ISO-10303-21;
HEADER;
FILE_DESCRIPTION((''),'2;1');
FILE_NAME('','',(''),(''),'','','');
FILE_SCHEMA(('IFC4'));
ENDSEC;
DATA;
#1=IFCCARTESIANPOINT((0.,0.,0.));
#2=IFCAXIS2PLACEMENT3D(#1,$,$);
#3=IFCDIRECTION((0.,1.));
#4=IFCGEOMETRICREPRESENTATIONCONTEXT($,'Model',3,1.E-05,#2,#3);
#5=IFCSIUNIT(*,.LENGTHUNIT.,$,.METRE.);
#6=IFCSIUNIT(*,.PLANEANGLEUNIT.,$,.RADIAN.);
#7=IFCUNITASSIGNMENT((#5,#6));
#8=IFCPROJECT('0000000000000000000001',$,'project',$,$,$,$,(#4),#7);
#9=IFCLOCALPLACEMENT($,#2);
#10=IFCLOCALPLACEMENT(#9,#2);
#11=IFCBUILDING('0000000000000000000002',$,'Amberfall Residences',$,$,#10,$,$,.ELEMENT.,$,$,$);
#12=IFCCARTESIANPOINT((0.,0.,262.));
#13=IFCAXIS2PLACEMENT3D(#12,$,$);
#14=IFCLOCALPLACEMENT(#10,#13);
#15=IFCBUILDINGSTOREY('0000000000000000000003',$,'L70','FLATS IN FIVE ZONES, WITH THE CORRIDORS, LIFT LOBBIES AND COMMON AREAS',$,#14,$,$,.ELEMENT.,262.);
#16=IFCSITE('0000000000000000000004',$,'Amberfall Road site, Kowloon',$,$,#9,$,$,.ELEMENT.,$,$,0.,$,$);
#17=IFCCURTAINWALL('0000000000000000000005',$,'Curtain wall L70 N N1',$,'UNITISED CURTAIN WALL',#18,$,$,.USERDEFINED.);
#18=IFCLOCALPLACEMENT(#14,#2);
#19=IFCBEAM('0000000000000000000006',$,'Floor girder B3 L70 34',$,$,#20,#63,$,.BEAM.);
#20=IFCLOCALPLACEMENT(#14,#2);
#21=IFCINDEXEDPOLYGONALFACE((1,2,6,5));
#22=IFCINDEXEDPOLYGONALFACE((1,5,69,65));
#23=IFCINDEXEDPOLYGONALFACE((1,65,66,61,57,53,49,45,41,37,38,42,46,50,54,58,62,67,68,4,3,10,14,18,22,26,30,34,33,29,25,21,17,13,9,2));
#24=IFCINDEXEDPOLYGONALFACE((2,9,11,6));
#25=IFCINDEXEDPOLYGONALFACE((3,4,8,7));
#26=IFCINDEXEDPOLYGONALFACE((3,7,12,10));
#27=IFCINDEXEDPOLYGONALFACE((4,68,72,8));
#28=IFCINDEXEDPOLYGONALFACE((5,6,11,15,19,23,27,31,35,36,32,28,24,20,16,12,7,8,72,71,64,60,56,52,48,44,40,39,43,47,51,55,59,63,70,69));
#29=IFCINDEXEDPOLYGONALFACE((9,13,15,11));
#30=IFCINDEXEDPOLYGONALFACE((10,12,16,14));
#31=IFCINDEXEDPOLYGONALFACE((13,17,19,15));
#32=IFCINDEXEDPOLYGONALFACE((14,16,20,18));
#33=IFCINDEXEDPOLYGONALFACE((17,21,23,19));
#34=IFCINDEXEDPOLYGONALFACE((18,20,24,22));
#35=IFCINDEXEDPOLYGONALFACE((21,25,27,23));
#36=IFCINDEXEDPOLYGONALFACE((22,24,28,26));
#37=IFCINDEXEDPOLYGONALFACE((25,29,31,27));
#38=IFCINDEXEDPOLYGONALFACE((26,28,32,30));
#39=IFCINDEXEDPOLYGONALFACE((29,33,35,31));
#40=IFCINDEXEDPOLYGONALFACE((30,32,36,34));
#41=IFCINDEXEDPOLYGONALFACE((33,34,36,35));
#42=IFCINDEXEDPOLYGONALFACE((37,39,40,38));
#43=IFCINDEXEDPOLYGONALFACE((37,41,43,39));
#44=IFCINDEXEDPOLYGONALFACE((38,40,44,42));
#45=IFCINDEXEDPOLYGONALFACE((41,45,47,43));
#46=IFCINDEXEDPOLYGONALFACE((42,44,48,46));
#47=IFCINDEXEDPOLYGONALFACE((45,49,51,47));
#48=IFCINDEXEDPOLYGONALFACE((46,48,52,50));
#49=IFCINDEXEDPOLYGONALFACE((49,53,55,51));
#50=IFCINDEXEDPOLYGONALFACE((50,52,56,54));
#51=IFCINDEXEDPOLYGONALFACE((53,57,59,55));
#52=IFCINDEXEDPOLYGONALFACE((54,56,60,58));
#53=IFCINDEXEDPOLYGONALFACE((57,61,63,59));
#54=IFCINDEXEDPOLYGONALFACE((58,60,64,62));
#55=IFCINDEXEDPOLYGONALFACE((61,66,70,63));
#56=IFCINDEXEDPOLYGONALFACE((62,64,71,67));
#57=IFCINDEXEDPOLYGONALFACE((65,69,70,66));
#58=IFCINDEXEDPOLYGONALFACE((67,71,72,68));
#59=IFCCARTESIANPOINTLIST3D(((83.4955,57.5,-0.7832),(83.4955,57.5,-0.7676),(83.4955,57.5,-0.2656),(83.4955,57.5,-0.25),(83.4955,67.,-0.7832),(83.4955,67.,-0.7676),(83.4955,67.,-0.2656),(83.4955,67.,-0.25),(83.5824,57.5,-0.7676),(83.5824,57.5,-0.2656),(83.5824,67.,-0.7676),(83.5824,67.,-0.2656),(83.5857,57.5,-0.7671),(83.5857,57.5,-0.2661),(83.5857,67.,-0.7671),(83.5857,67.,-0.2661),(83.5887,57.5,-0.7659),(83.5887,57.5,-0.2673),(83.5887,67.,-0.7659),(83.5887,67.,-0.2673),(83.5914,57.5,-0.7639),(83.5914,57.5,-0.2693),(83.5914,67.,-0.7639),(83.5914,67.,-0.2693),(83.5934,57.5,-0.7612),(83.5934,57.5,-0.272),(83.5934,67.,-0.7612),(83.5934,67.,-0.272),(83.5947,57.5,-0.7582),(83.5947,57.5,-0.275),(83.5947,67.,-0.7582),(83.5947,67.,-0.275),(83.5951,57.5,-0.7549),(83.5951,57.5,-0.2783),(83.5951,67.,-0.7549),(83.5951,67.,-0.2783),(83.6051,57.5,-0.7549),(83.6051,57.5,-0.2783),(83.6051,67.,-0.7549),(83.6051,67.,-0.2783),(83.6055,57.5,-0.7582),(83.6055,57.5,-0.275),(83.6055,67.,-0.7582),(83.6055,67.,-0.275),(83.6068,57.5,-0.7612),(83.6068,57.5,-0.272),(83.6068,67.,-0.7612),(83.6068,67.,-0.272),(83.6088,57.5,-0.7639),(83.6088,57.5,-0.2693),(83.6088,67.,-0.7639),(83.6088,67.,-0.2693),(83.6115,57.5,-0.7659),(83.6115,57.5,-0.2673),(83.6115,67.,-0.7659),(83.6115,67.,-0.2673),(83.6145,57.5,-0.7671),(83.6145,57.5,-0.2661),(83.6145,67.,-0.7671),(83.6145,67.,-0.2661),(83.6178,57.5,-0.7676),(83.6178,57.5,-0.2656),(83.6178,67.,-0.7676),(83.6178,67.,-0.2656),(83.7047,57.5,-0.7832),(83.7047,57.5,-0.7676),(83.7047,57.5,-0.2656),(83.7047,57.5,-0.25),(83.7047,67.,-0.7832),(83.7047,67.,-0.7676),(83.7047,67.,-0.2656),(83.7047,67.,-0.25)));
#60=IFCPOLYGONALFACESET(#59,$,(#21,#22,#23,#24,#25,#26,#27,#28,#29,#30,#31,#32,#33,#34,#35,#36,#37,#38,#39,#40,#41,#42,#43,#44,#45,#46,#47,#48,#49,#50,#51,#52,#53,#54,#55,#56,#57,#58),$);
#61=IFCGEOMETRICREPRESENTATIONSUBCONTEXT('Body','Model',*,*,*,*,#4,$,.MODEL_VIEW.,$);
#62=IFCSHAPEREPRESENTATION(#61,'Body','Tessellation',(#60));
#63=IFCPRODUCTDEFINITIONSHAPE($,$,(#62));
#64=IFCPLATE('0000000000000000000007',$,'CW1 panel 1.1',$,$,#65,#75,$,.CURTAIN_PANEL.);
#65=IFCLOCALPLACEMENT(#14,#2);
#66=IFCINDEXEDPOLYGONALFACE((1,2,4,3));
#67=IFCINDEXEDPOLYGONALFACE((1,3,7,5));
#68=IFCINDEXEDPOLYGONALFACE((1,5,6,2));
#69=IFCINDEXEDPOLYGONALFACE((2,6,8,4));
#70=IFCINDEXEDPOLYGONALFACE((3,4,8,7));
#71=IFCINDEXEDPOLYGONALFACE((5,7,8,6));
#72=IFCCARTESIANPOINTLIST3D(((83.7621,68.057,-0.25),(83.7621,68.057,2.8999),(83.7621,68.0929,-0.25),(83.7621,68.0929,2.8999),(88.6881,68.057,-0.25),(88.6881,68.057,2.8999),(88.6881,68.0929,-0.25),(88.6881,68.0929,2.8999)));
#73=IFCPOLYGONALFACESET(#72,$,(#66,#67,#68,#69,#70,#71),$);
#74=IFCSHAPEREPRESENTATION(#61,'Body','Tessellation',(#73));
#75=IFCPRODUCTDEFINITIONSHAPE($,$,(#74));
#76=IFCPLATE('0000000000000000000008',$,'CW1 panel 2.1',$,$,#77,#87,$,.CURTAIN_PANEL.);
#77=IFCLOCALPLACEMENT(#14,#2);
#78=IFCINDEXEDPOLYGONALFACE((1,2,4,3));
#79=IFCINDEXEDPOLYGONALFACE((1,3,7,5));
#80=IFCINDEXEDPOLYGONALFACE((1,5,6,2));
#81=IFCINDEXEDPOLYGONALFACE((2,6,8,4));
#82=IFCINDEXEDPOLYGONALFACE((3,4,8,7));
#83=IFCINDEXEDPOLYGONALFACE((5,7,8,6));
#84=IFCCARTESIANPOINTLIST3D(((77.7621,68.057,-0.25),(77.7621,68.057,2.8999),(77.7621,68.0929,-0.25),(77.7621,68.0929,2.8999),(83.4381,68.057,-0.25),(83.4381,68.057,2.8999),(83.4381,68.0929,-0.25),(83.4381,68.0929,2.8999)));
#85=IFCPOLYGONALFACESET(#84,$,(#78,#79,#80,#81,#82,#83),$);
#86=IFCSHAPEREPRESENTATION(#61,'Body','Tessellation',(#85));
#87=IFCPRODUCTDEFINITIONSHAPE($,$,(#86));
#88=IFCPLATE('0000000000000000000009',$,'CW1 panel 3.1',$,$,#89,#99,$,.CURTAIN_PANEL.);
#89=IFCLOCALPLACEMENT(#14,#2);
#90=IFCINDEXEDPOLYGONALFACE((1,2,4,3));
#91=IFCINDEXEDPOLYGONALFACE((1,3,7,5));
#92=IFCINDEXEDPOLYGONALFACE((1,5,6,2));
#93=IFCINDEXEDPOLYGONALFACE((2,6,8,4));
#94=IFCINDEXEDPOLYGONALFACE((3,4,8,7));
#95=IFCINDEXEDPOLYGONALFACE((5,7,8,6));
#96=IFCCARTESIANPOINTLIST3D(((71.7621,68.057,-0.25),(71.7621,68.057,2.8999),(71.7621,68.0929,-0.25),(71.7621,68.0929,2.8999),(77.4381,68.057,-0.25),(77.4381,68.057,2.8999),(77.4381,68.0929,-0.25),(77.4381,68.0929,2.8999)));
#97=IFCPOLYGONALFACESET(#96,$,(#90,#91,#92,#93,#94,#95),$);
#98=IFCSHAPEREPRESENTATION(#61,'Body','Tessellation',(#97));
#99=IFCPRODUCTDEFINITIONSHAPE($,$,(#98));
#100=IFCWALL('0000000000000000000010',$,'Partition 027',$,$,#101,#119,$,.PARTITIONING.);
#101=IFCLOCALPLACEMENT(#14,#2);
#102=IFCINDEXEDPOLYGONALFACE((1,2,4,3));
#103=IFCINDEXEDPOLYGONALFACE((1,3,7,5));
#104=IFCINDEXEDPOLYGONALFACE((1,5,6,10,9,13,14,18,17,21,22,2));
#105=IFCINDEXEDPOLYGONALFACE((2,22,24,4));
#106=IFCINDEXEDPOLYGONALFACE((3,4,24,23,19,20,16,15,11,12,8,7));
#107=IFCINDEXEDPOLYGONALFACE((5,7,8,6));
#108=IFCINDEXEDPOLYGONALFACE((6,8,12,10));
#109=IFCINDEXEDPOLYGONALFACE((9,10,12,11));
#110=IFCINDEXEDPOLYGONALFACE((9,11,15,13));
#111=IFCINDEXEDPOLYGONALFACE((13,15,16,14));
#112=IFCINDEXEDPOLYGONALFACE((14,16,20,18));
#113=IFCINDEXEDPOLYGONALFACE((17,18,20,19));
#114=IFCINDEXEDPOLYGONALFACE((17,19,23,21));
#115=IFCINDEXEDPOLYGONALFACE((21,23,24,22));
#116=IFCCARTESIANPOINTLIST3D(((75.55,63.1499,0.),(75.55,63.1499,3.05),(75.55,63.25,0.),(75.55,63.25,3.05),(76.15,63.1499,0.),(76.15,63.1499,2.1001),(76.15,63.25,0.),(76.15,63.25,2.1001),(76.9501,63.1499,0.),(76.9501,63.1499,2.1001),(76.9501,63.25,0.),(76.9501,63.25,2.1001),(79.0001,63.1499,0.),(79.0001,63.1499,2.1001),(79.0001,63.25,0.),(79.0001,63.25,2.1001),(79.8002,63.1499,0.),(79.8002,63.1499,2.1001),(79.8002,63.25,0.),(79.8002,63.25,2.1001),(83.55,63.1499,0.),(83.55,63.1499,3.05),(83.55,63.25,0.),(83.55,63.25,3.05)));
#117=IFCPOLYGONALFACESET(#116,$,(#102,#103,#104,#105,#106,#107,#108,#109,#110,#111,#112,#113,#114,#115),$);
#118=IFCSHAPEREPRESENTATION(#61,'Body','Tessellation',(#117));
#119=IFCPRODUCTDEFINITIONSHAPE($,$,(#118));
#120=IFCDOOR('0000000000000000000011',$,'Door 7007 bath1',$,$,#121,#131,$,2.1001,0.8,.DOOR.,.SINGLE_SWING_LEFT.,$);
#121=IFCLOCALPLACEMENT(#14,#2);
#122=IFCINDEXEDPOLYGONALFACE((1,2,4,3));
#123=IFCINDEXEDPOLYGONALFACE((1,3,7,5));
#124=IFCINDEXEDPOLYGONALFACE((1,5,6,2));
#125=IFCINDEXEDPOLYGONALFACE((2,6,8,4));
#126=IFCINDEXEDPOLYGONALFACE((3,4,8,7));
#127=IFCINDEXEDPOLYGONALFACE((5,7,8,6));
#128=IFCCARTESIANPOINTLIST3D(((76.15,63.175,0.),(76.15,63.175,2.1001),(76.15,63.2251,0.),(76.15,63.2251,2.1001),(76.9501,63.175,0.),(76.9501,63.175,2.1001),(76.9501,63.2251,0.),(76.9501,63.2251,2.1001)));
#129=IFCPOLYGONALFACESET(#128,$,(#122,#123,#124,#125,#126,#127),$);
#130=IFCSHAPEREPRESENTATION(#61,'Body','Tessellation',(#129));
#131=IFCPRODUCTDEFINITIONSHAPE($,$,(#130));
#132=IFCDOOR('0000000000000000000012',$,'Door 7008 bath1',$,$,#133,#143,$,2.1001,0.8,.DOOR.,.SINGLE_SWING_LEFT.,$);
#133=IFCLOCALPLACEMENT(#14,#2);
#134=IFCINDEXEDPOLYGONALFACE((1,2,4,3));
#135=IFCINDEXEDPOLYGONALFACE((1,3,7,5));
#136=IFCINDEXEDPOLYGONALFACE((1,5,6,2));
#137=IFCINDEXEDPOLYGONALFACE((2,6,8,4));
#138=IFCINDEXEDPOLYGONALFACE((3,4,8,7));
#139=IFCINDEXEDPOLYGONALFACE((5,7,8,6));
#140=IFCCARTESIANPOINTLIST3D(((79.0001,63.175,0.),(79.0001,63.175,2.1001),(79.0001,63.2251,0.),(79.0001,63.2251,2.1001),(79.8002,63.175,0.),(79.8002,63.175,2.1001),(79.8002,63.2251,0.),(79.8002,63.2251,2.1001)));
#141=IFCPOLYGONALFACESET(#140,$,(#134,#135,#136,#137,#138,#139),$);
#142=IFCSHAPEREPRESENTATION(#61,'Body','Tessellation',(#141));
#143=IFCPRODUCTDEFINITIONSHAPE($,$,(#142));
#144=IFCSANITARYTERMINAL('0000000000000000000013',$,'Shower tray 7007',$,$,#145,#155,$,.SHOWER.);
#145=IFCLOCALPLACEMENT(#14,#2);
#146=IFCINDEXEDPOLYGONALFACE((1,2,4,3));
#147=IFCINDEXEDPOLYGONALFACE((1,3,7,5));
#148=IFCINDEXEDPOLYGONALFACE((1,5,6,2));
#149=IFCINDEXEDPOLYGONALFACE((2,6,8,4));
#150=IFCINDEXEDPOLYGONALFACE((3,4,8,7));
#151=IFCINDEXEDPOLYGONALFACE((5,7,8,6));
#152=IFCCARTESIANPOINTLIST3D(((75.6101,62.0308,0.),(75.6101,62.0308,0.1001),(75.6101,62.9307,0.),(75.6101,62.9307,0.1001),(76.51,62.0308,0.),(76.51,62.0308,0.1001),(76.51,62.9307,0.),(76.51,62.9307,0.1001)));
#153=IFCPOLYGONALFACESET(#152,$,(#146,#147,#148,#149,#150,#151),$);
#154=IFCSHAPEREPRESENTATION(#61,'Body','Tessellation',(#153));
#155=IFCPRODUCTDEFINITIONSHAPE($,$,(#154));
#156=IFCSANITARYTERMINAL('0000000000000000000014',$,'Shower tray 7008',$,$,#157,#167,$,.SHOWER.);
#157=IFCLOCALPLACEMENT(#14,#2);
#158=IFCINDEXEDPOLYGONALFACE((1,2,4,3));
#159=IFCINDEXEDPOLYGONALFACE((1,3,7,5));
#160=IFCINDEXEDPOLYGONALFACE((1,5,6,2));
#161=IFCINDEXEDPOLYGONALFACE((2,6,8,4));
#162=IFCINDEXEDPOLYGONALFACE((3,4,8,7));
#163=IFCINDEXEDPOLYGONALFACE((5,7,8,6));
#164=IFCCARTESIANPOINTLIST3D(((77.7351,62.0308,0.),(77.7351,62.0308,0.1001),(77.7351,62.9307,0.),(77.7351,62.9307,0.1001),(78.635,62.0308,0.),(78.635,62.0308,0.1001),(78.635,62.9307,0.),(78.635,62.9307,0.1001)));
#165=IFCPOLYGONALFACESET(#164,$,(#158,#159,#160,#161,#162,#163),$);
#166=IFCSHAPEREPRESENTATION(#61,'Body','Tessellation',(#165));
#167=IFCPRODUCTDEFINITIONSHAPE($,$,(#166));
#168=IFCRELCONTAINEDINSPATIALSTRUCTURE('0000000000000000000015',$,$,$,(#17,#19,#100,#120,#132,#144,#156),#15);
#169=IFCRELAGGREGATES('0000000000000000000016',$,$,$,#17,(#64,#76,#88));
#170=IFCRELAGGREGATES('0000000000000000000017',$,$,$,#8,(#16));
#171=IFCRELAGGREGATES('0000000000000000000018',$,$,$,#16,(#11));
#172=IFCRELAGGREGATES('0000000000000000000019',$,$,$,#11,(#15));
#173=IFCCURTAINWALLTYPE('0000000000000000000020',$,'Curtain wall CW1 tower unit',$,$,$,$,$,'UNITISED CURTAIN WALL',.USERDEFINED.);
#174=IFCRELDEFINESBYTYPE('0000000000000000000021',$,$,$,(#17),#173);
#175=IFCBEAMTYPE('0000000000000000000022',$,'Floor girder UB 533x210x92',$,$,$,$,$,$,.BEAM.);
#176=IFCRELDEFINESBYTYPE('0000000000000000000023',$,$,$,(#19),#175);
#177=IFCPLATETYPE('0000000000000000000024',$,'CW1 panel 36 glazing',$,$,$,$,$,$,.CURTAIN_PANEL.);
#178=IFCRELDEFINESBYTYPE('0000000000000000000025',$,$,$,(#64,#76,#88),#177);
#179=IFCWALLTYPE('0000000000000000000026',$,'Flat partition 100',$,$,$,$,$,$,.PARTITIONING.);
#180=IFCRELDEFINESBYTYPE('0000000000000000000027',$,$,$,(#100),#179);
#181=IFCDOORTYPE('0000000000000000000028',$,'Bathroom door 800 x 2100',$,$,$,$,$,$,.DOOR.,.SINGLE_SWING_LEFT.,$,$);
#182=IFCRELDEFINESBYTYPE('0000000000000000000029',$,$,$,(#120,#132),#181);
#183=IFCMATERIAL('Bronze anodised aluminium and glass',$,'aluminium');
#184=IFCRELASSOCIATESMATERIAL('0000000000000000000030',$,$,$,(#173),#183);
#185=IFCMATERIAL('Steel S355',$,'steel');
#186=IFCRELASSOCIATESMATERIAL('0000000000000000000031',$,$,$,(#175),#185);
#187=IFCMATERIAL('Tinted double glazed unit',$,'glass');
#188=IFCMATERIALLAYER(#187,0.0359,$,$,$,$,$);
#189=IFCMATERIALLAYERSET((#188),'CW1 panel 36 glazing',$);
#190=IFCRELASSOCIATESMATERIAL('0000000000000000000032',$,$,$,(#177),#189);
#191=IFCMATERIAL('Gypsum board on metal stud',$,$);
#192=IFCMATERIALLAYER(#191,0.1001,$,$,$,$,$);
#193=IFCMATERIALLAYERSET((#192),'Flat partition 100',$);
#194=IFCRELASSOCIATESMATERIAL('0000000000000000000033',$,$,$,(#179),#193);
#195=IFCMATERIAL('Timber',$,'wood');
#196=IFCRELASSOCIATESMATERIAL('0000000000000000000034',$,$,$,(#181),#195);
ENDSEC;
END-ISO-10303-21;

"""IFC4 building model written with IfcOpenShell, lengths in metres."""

from ifc_helpers import new_model, si_unit, direction, frame, frame_2d, origin, origin_2d, place, context, subcontext, project, spatial, rectangle, i_section, extrude, material, layer, layer_set, material_profile, profile_set, type_object, element, fill, aggregate, save


model = new_model("IFC4")

# Units and contexts
model_context = context("Model", 3, precision=1e-05, world=origin(), true_north=direction((0.0, 1.0)))
body_context = subcontext(model_context, "Body", "Model", "MODEL_VIEW")
ifc_project = project(units=[si_unit("LENGTHUNIT", "METRE"), si_unit("PLANEANGLEUNIT", "RADIAN")], contexts=[model_context])

# Site, building, storey
site_placement = place(None, origin())
site = spatial("IfcSite", under=ifc_project, at=site_placement, Name="Amberfall Road site, Kowloon", CompositionType="ELEMENT", RefElevation=0.0)
building_placement = place(site_placement, origin())
building = spatial("IfcBuilding", under=site, at=building_placement, Name="Amberfall Residences", CompositionType="ELEMENT")
storey_placement = place(building_placement, frame((0.0, 0.0, 262.0)))
storey = spatial("IfcBuildingStorey", under=building, at=storey_placement, Name="L70", Description="FLATS IN FIVE ZONES, WITH THE CORRIDORS, LIFT LOBBIES AND COMMON AREAS", CompositionType="ELEMENT", Elevation=262.0)

# Curtain wall
ifc_material_1 = material(Name="Bronze anodised aluminium and glass", Category="aluminium")
curtain_wall_type = type_object("IfcCurtainWallType", Name="Curtain wall CW1 tower unit", ElementType="UNITISED CURTAIN WALL", PredefinedType="USERDEFINED", material=ifc_material_1)
curtain_wall_placement = place(storey_placement, origin())
curtain_wall = element("IfcCurtainWall", 1, at=curtain_wall_placement, inside=storey, type_object=curtain_wall_type, Name="Curtain wall L70 N N1", ObjectType="UNITISED CURTAIN WALL", PredefinedType="USERDEFINED")

# Shared definitions
ifc_material_2 = material(Name="Steel S355", Category="steel")

# Beam
ifc_material_profile_1 = material_profile(ifc_material_2, i_section(OverallWidth=0.2092, OverallDepth=0.5332, WebThickness=0.01, FlangeThickness=0.0156, FilletRadius=0.0127, at=origin_2d()), Name="UB 533x210x92")
ifc_profile_set_1 = profile_set([ifc_material_profile_1], Name="Steel S355")
beam_type_1 = type_object("IfcBeamType", Name="Floor girder UB 533x210x92", PredefinedType="BEAM", material=ifc_profile_set_1)
for number, where, z_axis, x_axis, name in (
    (2, (83.6001, 67.0, -0.5166), (0.0, -1.0, 0.0), (1.0, 0.0, 0.0), "Floor girder B3 L70 34"),
):
    element("IfcBeam", number, at=place(storey_placement, frame(where, z_axis=z_axis, x_axis=x_axis)), inside=storey, type_object=beam_type_1, Name=name, PredefinedType="BEAM", context=body_context, shape_type="SweptSolid", body=[
        extrude(i_section(OverallWidth=0.2092, OverallDepth=0.5332, WebThickness=0.01, FlangeThickness=0.0156, FilletRadius=0.0127, at=origin_2d()), origin(), (0.0, 0.0, 1.0), 9.5),
    ])

# Plates
ifc_material_3 = material(Name="Tinted double glazed unit", Category="glass")
ifc_layer_1 = layer(ifc_material_3, 0.0359)
ifc_layer_set_1 = layer_set([ifc_layer_1], Name="CW1 panel 36 glazing")
plate_type = type_object("IfcPlateType", Name="CW1 panel 36 glazing", PredefinedType="CURTAIN_PANEL", material=ifc_layer_set_1)
plate_1_placement = place(storey_placement, frame((86.2251, 68.075, -0.25), z_axis=(0.0, 0.0, 1.0), x_axis=(-1.0, 0.0, 0.0)))
plate_1 = element("IfcPlate", 3, at=plate_1_placement, type_object=plate_type, Name="CW1 panel 1.1", PredefinedType="CURTAIN_PANEL", context=body_context, shape_type="SweptSolid", body=[
    extrude(rectangle(XDim=4.926, YDim=0.0359, at=origin_2d()), origin(), (0.0, 0.0, 1.0), 3.1499),
])
plate_2_placement = place(storey_placement, frame((80.6001, 68.075, -0.25), z_axis=(0.0, 0.0, 1.0), x_axis=(-1.0, 0.0, 0.0)))
plate_2 = element("IfcPlate", 4, at=plate_2_placement, type_object=plate_type, Name="CW1 panel 2.1", PredefinedType="CURTAIN_PANEL", context=body_context, shape_type="SweptSolid", body=[
    extrude(rectangle(XDim=5.676, YDim=0.0359, at=origin_2d()), origin(), (0.0, 0.0, 1.0), 3.1499),
])
plate_3_placement = place(storey_placement, frame((74.6001, 68.075, -0.25), z_axis=(0.0, 0.0, 1.0), x_axis=(-1.0, 0.0, 0.0)))
plate_3 = element("IfcPlate", 5, at=plate_3_placement, type_object=plate_type, Name="CW1 panel 3.1", PredefinedType="CURTAIN_PANEL", context=body_context, shape_type="SweptSolid", body=[
    extrude(rectangle(XDim=5.676, YDim=0.0359, at=origin_2d()), origin(), (0.0, 0.0, 1.0), 3.1499),
])
aggregate(curtain_wall, [plate_1, plate_2, plate_3])

# Wall, openings, doors
ifc_material_4 = material(Name="Gypsum board on metal stud")
ifc_layer_2 = layer(ifc_material_4, 0.1001)
ifc_layer_set_2 = layer_set([ifc_layer_2], Name="Flat partition 100")
wall_type = type_object("IfcWallType", Name="Flat partition 100", PredefinedType="PARTITIONING", material=ifc_layer_set_2)
wall_placement = place(storey_placement, frame((83.55, 63.2, 0.0), z_axis=(0.0, 0.0, 1.0), x_axis=(-1.0, 0.0, 0.0)))
wall = element("IfcWall", 6, at=wall_placement, inside=storey, type_object=wall_type, Name="Partition 027", PredefinedType="PARTITIONING", context=body_context, shape_type="SweptSolid", body=[
    extrude(rectangle(XDim=8.0, YDim=0.1001, at=frame_2d((4.0, 0.0))), origin(), (0.0, 0.0, 1.0), 3.05),
])
opening_1_placement = place(wall_placement, frame((6.6001, 0.0, 0.0)))
opening_1 = element("IfcOpeningElement", 7, at=opening_1_placement, cuts=wall, PredefinedType="OPENING", context=body_context, shape_type="SweptSolid", body=[
    extrude(rectangle(XDim=0.8, YDim=2.1001, at=frame_2d((0.3999, 1.05))), frame((0.0, 0.0601, 0.0), z_axis=(0.0, -1.0, 0.0), x_axis=(1.0, 0.0, 0.0)), (0.0, 0.0, 1.0), 0.1201),
])
opening_2_placement = place(wall_placement, frame((3.75, 0.0, 0.0)))
opening_2 = element("IfcOpeningElement", 8, at=opening_2_placement, cuts=wall, PredefinedType="OPENING", context=body_context, shape_type="SweptSolid", body=[
    extrude(rectangle(XDim=0.8, YDim=2.1001, at=frame_2d((0.3999, 1.05))), frame((0.0, 0.0601, 0.0), z_axis=(0.0, -1.0, 0.0), x_axis=(1.0, 0.0, 0.0)), (0.0, 0.0, 1.0), 0.1201),
])
ifc_material_5 = material(Name="Timber", Category="wood")
door_type = type_object("IfcDoorType", Name="Bathroom door 800 x 2100", OperationType="SINGLE_SWING_LEFT", PredefinedType="DOOR", material=ifc_material_5)
door_1_placement = place(opening_1_placement, origin())
door_1 = element("IfcDoor", 9, at=door_1_placement, inside=storey, type_object=door_type, Name="Door 7007 bath1", OperationType="SINGLE_SWING_LEFT", OverallHeight=2.1001, OverallWidth=0.8, PredefinedType="DOOR", context=body_context, shape_type="SweptSolid", body=[
    extrude(rectangle(XDim=0.8, YDim=2.1001, at=frame_2d((0.3999, 1.05))), frame((0.0, 0.0249, 0.0), z_axis=(0.0, -1.0, 0.0), x_axis=(1.0, 0.0, 0.0)), (0.0, 0.0, 1.0), 0.05),
])
fill(opening_1, door_1)
door_2_placement = place(opening_2_placement, origin())
door_2 = element("IfcDoor", 10, at=door_2_placement, inside=storey, type_object=door_type, Name="Door 7008 bath1", OperationType="SINGLE_SWING_LEFT", OverallHeight=2.1001, OverallWidth=0.8, PredefinedType="DOOR", context=body_context, shape_type="SweptSolid", body=[
    extrude(rectangle(XDim=0.8, YDim=2.1001, at=frame_2d((0.3999, 1.05))), frame((0.0, 0.0249, 0.0), z_axis=(0.0, -1.0, 0.0), x_axis=(1.0, 0.0, 0.0)), (0.0, 0.0, 1.0), 0.05),
])
fill(opening_2, door_2)

# Sanitary terminals
for number, where, z_axis, x_axis, name in (
    (11, (76.0601, 62.4807, 0.0), (0.0, 0.0, 1.0), (1.0, 0.0, 0.0), "Shower tray 7007"),
    (12, (78.1851, 62.4807, 0.0), (0.0, 0.0, 1.0), (1.0, 0.0, 0.0), "Shower tray 7008"),
):
    element("IfcSanitaryTerminal", number, at=place(storey_placement, frame(where, z_axis=z_axis, x_axis=x_axis)), inside=storey, Name=name, PredefinedType="SHOWER", context=body_context, shape_type="SweptSolid", body=[
        extrude(rectangle(XDim=0.8999, YDim=0.8999, at=origin_2d()), origin(), (0.0, 0.0, 1.0), 0.1001),
    ])

save(model, "model.ifc")
